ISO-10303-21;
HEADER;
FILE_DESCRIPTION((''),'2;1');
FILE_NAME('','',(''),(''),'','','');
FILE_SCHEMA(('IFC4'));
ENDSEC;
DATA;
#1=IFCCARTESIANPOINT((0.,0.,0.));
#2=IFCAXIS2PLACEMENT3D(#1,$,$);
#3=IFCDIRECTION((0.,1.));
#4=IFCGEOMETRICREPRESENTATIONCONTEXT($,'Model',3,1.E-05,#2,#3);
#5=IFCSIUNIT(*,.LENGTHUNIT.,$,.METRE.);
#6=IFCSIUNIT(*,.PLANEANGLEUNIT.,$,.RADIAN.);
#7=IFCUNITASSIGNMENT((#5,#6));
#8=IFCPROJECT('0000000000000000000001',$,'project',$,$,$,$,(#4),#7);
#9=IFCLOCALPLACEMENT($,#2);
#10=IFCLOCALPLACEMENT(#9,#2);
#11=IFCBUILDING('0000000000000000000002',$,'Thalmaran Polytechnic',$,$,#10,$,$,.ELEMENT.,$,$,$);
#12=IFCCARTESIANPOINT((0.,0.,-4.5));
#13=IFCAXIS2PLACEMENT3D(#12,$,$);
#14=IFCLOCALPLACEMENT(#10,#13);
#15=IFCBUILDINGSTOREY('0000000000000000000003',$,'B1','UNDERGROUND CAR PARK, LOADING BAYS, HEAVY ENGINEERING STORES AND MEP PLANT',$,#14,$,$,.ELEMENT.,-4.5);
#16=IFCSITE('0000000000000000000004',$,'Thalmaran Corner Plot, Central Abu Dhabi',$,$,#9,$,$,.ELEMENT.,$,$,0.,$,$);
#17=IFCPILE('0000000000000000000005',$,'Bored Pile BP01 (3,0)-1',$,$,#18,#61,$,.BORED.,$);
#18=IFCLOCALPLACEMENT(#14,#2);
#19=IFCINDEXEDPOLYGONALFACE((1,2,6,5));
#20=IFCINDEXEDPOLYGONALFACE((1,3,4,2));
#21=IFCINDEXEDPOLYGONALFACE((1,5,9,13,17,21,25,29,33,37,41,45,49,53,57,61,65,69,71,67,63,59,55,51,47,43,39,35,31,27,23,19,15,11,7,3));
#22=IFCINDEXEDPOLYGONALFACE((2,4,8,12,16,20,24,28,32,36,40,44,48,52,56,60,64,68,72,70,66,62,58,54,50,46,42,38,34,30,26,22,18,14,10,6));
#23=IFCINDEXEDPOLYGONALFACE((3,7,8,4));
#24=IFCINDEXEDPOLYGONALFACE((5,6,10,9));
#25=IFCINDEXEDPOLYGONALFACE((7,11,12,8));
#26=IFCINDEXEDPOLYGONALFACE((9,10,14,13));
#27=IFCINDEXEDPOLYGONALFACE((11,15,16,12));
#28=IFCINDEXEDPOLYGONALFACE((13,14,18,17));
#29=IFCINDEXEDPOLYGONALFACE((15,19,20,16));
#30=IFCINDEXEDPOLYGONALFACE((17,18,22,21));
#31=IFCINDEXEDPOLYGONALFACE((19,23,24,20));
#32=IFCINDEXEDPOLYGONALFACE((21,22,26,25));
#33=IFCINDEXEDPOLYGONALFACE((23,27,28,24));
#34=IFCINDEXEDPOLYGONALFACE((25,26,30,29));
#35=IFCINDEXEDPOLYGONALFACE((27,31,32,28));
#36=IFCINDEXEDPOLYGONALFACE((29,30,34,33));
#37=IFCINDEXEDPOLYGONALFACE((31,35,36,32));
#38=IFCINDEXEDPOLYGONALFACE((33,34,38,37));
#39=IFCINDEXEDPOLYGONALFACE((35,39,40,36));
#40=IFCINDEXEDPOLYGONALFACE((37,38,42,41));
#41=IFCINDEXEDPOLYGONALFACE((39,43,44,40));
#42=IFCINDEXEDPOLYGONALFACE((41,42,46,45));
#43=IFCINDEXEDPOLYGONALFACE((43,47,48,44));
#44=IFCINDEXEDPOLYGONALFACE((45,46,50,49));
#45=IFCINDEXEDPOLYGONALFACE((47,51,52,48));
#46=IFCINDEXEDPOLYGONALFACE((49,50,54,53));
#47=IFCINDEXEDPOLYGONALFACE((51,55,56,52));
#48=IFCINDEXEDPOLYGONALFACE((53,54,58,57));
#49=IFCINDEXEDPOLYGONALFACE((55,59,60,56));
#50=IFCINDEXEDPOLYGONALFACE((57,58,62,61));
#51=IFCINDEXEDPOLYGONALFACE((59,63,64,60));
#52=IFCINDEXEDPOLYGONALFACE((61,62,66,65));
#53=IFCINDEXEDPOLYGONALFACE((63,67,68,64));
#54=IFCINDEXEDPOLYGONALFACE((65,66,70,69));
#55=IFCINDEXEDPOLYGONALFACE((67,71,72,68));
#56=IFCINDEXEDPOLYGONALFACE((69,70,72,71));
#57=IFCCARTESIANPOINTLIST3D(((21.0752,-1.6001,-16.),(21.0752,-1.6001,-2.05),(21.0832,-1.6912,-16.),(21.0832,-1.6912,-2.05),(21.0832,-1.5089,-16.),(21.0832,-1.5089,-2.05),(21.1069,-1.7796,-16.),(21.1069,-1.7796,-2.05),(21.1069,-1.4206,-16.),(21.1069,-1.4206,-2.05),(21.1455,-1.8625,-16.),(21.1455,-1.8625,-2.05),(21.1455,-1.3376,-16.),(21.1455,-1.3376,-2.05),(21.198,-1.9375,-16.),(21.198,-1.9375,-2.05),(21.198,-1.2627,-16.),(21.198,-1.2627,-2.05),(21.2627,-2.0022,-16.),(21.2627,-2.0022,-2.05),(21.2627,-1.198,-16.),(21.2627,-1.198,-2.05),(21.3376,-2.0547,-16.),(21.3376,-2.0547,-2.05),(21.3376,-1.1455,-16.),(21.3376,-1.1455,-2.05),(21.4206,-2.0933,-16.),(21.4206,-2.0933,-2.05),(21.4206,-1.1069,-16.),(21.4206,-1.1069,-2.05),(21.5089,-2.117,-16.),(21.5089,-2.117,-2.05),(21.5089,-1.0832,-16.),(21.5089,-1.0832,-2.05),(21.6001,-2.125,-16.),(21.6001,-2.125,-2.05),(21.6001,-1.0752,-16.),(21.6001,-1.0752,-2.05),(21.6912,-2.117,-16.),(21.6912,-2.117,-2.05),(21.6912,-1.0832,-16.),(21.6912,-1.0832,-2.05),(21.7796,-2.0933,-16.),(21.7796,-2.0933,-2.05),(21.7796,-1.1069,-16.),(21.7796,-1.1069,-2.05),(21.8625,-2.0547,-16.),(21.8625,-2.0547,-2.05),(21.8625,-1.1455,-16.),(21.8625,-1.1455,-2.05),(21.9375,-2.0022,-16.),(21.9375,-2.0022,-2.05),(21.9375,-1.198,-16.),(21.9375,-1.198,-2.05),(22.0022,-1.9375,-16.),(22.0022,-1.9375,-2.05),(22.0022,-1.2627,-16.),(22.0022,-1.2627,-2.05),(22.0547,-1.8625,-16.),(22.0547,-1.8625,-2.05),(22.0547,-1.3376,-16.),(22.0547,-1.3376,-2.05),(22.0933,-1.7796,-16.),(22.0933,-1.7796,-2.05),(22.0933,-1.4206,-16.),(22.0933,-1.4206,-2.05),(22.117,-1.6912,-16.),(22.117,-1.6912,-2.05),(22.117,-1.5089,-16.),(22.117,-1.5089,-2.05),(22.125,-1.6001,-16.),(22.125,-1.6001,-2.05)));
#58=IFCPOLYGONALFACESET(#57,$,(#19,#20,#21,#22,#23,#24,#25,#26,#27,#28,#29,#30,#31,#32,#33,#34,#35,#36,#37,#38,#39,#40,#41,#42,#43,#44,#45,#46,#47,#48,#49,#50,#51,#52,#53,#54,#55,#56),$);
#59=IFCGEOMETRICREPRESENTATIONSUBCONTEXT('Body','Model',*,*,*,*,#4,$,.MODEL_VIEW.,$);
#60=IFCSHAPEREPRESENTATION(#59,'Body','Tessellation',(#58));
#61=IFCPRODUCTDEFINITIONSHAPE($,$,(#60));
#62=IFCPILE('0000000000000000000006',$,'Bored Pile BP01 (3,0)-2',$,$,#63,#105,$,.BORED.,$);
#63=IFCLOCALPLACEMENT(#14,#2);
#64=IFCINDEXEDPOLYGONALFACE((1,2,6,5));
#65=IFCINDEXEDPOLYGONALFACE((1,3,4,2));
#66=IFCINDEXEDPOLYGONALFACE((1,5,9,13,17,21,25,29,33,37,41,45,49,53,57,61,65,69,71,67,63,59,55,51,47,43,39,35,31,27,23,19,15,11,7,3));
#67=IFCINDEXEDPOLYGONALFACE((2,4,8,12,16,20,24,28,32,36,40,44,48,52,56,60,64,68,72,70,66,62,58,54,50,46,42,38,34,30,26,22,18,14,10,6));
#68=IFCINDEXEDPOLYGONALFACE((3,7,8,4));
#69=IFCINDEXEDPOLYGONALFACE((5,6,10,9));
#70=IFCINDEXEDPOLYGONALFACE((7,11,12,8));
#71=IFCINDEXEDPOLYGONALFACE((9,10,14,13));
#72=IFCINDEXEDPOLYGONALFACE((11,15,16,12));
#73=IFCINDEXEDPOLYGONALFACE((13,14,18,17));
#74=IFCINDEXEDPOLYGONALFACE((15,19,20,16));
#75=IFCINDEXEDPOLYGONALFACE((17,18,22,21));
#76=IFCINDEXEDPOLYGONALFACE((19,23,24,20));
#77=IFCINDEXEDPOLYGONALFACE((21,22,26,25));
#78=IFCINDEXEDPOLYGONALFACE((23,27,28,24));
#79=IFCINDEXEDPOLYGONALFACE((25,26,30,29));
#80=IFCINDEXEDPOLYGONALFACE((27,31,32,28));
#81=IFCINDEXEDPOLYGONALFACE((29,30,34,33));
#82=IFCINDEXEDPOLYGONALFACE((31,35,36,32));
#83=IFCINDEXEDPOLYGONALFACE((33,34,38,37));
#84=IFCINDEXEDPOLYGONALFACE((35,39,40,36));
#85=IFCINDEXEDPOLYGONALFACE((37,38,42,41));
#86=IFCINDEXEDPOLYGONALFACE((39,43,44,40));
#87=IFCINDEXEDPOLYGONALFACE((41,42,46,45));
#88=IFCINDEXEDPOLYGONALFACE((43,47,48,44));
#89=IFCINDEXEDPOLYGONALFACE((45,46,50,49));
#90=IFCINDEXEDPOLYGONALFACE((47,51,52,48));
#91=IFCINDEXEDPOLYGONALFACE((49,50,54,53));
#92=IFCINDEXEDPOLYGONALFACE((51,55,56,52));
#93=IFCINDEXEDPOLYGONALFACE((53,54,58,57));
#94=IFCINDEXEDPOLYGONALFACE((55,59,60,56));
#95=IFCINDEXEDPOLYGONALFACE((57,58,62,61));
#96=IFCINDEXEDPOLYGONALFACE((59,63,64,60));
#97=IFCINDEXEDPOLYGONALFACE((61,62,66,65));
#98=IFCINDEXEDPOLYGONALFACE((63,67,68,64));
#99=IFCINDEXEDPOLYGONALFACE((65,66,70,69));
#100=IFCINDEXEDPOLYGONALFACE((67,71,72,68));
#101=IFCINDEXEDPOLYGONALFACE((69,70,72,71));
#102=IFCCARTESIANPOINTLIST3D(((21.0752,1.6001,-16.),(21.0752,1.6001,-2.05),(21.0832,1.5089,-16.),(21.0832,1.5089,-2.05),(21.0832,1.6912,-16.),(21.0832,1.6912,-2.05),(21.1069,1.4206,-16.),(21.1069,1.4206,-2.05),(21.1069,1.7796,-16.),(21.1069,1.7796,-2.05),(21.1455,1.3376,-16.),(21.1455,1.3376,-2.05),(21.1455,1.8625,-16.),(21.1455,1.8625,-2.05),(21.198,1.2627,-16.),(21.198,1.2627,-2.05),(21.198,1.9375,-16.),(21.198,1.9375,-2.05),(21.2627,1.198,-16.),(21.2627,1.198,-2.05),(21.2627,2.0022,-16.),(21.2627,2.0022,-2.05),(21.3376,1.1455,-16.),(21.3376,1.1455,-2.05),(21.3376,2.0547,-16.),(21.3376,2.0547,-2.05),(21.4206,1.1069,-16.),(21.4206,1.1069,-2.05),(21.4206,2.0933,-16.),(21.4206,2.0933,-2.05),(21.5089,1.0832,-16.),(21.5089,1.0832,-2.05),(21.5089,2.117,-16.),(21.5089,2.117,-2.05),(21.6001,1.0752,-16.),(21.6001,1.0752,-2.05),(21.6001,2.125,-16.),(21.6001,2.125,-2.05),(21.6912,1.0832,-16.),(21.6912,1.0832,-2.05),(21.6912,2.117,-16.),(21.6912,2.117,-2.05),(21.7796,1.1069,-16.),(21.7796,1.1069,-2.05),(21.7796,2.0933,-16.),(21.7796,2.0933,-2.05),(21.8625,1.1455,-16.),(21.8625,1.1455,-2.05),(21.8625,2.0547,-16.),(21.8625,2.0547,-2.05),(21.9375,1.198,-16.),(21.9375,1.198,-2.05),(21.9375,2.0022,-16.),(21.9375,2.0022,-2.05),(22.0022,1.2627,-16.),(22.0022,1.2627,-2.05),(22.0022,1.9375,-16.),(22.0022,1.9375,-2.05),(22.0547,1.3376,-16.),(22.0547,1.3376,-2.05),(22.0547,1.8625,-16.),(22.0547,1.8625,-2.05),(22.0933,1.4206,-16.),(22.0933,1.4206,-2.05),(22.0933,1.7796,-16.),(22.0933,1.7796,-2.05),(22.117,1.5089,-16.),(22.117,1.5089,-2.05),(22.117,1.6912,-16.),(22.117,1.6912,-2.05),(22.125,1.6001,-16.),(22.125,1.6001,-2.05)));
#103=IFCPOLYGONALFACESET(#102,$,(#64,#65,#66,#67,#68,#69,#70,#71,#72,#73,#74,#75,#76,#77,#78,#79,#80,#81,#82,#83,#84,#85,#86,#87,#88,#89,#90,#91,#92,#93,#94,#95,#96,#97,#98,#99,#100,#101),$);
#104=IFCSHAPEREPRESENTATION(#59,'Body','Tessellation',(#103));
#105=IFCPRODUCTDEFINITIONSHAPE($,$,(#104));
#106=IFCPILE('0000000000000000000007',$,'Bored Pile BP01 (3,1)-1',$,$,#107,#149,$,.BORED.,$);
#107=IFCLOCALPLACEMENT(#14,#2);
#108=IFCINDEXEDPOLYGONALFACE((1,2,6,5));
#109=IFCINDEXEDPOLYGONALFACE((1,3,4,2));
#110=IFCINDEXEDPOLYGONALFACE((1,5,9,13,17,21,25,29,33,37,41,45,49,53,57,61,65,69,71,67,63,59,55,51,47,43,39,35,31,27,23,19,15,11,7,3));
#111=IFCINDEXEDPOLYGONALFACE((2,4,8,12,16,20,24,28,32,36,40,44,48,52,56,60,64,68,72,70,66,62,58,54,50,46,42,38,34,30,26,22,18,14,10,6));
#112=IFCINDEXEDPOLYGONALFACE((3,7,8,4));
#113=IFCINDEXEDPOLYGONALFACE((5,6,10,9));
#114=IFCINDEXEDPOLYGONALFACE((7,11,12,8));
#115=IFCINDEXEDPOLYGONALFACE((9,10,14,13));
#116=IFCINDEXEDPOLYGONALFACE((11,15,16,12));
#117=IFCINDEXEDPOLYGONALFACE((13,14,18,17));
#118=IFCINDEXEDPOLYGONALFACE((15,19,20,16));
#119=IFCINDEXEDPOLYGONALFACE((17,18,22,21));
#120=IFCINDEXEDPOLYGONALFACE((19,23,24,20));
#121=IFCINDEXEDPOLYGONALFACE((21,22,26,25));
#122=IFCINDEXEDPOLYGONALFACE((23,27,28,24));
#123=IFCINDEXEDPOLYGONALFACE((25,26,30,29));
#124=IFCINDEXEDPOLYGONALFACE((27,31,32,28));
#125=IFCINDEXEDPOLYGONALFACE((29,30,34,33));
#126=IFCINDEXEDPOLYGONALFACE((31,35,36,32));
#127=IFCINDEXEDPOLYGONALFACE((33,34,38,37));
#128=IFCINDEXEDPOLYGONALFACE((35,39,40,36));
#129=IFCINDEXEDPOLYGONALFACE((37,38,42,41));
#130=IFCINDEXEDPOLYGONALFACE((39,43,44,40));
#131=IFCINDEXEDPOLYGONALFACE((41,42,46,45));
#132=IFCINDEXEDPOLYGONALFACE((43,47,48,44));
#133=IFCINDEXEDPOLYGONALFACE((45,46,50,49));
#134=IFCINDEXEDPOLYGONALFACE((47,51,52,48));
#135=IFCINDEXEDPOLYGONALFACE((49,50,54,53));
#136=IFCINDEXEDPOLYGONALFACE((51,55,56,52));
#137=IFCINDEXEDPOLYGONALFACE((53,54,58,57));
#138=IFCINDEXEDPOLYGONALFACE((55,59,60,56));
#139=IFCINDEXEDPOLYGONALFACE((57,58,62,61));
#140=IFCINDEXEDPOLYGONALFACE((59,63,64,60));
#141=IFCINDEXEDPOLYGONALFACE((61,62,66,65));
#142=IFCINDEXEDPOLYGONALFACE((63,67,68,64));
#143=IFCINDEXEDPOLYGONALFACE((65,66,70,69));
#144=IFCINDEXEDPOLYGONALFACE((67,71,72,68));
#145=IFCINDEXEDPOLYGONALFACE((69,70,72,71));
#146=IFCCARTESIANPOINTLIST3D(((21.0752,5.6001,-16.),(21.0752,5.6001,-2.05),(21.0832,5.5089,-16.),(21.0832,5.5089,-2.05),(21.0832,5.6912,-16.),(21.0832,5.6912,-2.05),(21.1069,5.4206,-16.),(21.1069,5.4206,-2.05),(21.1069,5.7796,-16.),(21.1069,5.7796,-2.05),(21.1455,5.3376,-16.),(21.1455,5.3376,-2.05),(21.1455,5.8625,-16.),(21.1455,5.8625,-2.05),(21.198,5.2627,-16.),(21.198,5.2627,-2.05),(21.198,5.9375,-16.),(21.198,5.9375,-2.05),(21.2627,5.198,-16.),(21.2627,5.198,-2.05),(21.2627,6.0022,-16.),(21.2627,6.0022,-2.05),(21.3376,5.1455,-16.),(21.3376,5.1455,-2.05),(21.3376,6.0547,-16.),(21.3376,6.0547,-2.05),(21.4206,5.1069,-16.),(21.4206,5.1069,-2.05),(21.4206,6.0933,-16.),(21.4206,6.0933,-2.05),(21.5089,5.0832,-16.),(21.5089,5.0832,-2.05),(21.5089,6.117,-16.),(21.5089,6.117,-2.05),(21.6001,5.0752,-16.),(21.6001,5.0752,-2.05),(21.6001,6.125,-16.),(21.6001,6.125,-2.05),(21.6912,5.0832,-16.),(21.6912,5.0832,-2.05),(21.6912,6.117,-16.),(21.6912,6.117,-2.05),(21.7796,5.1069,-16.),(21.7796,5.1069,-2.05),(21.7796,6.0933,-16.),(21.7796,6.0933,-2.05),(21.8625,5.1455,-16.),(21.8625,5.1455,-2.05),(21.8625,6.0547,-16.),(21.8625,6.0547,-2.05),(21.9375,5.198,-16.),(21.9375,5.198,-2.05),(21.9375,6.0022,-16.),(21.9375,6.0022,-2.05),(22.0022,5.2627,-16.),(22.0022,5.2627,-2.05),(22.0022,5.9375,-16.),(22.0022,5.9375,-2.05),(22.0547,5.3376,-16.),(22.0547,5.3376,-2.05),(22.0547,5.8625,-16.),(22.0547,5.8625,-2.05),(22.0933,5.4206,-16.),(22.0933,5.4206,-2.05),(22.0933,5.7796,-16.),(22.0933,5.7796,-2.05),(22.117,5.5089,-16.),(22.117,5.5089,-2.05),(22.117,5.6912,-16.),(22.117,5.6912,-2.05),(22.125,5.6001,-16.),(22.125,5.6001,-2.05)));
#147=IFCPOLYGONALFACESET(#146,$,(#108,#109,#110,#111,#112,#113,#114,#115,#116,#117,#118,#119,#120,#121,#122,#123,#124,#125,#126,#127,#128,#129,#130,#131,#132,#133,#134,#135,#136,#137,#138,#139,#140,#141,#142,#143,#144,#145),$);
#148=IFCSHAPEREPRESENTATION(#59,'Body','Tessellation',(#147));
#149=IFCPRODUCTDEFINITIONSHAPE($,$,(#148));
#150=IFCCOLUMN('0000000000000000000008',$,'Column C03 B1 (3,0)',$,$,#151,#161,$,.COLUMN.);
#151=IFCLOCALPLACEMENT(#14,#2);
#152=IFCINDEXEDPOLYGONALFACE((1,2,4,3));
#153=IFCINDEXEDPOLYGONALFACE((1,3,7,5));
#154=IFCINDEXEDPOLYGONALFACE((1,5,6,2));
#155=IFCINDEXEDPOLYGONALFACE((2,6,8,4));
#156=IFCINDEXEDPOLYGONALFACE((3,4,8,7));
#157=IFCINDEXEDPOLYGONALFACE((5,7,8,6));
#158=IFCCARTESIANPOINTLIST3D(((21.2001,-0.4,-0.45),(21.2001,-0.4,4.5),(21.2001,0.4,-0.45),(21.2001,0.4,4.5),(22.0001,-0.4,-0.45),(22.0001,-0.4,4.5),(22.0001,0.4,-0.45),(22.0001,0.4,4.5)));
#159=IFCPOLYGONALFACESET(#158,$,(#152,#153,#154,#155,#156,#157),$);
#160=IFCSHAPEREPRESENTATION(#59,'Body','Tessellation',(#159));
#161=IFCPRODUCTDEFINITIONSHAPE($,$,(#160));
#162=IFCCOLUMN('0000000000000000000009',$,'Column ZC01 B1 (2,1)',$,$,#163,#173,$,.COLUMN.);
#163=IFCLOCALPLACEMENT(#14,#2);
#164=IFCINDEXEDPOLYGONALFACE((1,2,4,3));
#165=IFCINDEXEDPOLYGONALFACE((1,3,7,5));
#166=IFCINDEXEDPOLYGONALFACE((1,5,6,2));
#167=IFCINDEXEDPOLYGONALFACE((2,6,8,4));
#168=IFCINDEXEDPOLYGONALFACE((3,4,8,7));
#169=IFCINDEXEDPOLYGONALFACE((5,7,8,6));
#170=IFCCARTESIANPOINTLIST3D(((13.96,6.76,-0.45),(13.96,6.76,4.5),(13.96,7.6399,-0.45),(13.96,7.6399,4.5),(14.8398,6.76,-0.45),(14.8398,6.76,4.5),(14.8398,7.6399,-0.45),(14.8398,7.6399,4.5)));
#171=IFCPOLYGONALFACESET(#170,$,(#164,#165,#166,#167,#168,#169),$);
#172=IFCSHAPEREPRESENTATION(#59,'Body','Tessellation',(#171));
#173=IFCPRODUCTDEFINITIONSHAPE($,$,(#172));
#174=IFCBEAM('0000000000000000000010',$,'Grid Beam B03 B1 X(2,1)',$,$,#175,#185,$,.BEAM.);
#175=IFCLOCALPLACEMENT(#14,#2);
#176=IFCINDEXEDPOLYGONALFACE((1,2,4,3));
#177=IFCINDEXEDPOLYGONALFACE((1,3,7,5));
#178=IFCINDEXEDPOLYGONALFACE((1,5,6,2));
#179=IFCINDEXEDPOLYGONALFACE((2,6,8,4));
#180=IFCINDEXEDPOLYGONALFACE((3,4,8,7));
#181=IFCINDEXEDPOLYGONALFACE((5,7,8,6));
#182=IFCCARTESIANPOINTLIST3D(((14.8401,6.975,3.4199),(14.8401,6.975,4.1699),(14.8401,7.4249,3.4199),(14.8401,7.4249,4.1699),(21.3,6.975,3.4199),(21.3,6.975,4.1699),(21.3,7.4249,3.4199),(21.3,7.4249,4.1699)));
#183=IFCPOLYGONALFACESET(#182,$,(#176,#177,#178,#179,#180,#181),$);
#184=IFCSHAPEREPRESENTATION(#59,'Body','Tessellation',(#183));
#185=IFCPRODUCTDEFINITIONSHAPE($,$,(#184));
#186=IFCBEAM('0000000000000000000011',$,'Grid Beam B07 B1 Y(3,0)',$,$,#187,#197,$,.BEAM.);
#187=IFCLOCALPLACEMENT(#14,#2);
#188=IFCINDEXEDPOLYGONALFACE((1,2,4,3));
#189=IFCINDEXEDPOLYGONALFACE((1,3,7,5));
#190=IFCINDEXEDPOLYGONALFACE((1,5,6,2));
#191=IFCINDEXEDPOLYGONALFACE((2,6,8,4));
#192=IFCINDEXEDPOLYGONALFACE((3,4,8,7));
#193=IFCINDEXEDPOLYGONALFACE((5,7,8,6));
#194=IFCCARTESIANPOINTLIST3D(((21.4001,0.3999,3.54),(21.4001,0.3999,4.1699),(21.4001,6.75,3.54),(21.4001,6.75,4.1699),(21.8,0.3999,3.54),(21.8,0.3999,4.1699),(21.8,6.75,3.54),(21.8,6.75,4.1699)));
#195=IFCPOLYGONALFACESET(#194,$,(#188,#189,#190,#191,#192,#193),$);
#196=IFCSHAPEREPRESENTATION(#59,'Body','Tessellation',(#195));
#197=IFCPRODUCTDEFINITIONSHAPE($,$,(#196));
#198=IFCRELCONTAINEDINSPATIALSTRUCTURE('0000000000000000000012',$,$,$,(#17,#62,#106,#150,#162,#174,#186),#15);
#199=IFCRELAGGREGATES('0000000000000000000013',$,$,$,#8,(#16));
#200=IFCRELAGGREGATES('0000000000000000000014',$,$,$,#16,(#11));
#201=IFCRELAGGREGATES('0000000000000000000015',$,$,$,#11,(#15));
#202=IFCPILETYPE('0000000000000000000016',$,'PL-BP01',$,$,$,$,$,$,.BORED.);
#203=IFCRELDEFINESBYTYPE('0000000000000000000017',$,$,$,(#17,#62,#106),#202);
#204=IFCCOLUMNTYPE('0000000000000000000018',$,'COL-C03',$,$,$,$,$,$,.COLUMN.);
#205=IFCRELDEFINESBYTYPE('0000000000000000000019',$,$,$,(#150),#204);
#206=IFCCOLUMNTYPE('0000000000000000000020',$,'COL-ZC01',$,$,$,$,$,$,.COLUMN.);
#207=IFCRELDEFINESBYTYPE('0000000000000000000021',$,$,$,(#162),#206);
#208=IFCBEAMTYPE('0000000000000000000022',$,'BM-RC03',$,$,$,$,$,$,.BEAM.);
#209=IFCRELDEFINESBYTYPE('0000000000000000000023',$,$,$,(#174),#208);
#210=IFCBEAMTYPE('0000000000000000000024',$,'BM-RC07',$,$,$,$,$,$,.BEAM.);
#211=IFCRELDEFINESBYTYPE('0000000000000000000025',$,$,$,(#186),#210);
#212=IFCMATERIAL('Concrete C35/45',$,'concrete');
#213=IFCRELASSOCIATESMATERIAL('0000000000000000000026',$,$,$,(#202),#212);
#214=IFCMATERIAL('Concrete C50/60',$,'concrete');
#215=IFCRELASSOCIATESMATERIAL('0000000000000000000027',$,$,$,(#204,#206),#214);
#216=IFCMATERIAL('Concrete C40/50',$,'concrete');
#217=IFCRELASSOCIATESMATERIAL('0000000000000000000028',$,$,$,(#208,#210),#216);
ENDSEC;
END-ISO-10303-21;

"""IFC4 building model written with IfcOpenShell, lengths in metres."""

from ifc_helpers import new_model, si_unit, direction, frame, origin, origin_2d, place, context, subcontext, project, spatial, rectangle, circle, extrude, material, material_profile, profile_set, type_object, element, save


model = new_model("IFC4")

# Units and contexts
model_context = context("Model", 3, precision=1e-05, world=origin(), true_north=direction((0.0, 1.0)))
body_context = subcontext(model_context, "Body", "Model", "MODEL_VIEW")
ifc_project = project(units=[si_unit("LENGTHUNIT", "METRE"), si_unit("PLANEANGLEUNIT", "RADIAN")], contexts=[model_context])

# Site, building, storey
site_placement = place(None, origin())
site = spatial("IfcSite", under=ifc_project, at=site_placement, Name="Thalmaran Corner Plot, Central Abu Dhabi", CompositionType="ELEMENT", RefElevation=0.0)
building_placement = place(site_placement, origin())
building = spatial("IfcBuilding", under=site, at=building_placement, Name="Thalmaran Polytechnic", CompositionType="ELEMENT")
storey_placement = place(building_placement, frame((0.0, 0.0, -4.5)))
storey = spatial("IfcBuildingStorey", under=building, at=storey_placement, Name="B1", Description="UNDERGROUND CAR PARK, LOADING BAYS, HEAVY ENGINEERING STORES AND MEP PLANT", CompositionType="ELEMENT", Elevation=-4.5)

# Shared definitions
ifc_material_1 = material(Name="Concrete C40/50", Category="concrete")

# Piles
ifc_material_2 = material(Name="Concrete C35/45", Category="concrete")
ifc_material_profile_1 = material_profile(ifc_material_2, circle(Radius=0.5249, at=origin_2d()), Name="RC 1050 DIA")
ifc_profile_set_1 = profile_set([ifc_material_profile_1], Name="Concrete C35/45")
pile_type = type_object("IfcPileType", Name="PL-BP01", PredefinedType="BORED", material=ifc_profile_set_1)
for number, where, z_axis, x_axis, name in (
    (1, (21.6001, -1.6001, -2.05), (0.0, 0.0, -1.0), (1.0, 0.0, 0.0), "Bored Pile BP01 (3,0)-1"),
    (2, (21.6001, 1.6001, -2.05), (0.0, 0.0, -1.0), (1.0, 0.0, 0.0), "Bored Pile BP01 (3,0)-2"),
    (3, (21.6001, 5.6001, -2.05), (0.0, 0.0, -1.0), (1.0, 0.0, 0.0), "Bored Pile BP01 (3,1)-1"),
):
    element("IfcPile", number, at=place(storey_placement, frame(where, z_axis=z_axis, x_axis=x_axis)), inside=storey, type_object=pile_type, Name=name, PredefinedType="BORED", context=body_context, shape_type="SweptSolid", body=[
        extrude(circle(Radius=0.5249, at=origin_2d()), origin(), (0.0, 0.0, 1.0), 13.95),
    ])

# Columns
ifc_material_3 = material(Name="Concrete C50/60", Category="concrete")
ifc_material_profile_2 = material_profile(ifc_material_3, rectangle(XDim=0.8, YDim=0.8, at=origin_2d()), Name="RC 800x800")
ifc_profile_set_2 = profile_set([ifc_material_profile_2], Name="Concrete C50/60")
column_type_1 = type_object("IfcColumnType", Name="COL-C03", PredefinedType="COLUMN", material=ifc_profile_set_2)
column_1_placement = place(storey_placement, frame((21.6001, 0.0, -0.45), z_axis=(0.0, 0.0, 1.0), x_axis=(1.0, 0.0, 0.0)))
element("IfcColumn", 4, at=column_1_placement, inside=storey, type_object=column_type_1, Name="Column C03 B1 (3,0)", PredefinedType="COLUMN", context=body_context, shape_type="SweptSolid", body=[
    extrude(rectangle(XDim=0.8, YDim=0.8, at=origin_2d()), origin(), (0.0, 0.0, 1.0), 4.95),
])
ifc_material_profile_3 = material_profile(ifc_material_3, rectangle(XDim=0.8799, YDim=0.8799, at=origin_2d()), Name="RC 880x880")
ifc_profile_set_3 = profile_set([ifc_material_profile_3], Name="Concrete C50/60")
column_type_2 = type_object("IfcColumnType", Name="COL-ZC01", PredefinedType="COLUMN", material=ifc_profile_set_3)
column_2_placement = place(storey_placement, frame((14.3999, 7.2, -0.45), z_axis=(0.0, 0.0, 1.0), x_axis=(1.0, 0.0, 0.0)))
element("IfcColumn", 5, at=column_2_placement, inside=storey, type_object=column_type_2, Name="Column ZC01 B1 (2,1)", PredefinedType="COLUMN", context=body_context, shape_type="SweptSolid", body=[
    extrude(rectangle(XDim=0.8799, YDim=0.8799, at=origin_2d()), origin(), (0.0, 0.0, 1.0), 4.95),
])

# Beams
ifc_material_profile_4 = material_profile(ifc_material_1, rectangle(XDim=0.45, YDim=0.75, at=origin_2d()), Name="RC 450x750")
ifc_profile_set_4 = profile_set([ifc_material_profile_4], Name="Concrete C40/50")
beam_type_1 = type_object("IfcBeamType", Name="BM-RC03", PredefinedType="BEAM", material=ifc_profile_set_4)
beam_1_placement = place(storey_placement, frame((14.8401, 7.2, 3.7949), z_axis=(1.0, 0.0, 0.0), x_axis=(0.0, 1.0, 0.0)))
element("IfcBeam", 6, at=beam_1_placement, inside=storey, type_object=beam_type_1, Name="Grid Beam B03 B1 X(2,1)", PredefinedType="BEAM", context=body_context, shape_type="SweptSolid", body=[
    extrude(rectangle(XDim=0.45, YDim=0.75, at=origin_2d()), origin(), (0.0, 0.0, 1.0), 6.46),
])
ifc_material_profile_5 = material_profile(ifc_material_1, rectangle(XDim=0.3999, YDim=0.6299, at=origin_2d()), Name="RC 400x630")
ifc_profile_set_5 = profile_set([ifc_material_profile_5], Name="Concrete C40/50")
beam_type_2 = type_object("IfcBeamType", Name="BM-RC07", PredefinedType="BEAM", material=ifc_profile_set_5)
beam_2_placement = place(storey_placement, frame((21.6001, 0.3999, 3.855), z_axis=(0.0, 1.0, 0.0), x_axis=(-1.0, 0.0, 0.0)))
element("IfcBeam", 7, at=beam_2_placement, inside=storey, type_object=beam_type_2, Name="Grid Beam B07 B1 Y(3,0)", PredefinedType="BEAM", context=body_context, shape_type="SweptSolid", body=[
    extrude(rectangle(XDim=0.3999, YDim=0.6299, at=origin_2d()), origin(), (0.0, 0.0, 1.0), 6.3501),
])

save(model, "model.ifc")
